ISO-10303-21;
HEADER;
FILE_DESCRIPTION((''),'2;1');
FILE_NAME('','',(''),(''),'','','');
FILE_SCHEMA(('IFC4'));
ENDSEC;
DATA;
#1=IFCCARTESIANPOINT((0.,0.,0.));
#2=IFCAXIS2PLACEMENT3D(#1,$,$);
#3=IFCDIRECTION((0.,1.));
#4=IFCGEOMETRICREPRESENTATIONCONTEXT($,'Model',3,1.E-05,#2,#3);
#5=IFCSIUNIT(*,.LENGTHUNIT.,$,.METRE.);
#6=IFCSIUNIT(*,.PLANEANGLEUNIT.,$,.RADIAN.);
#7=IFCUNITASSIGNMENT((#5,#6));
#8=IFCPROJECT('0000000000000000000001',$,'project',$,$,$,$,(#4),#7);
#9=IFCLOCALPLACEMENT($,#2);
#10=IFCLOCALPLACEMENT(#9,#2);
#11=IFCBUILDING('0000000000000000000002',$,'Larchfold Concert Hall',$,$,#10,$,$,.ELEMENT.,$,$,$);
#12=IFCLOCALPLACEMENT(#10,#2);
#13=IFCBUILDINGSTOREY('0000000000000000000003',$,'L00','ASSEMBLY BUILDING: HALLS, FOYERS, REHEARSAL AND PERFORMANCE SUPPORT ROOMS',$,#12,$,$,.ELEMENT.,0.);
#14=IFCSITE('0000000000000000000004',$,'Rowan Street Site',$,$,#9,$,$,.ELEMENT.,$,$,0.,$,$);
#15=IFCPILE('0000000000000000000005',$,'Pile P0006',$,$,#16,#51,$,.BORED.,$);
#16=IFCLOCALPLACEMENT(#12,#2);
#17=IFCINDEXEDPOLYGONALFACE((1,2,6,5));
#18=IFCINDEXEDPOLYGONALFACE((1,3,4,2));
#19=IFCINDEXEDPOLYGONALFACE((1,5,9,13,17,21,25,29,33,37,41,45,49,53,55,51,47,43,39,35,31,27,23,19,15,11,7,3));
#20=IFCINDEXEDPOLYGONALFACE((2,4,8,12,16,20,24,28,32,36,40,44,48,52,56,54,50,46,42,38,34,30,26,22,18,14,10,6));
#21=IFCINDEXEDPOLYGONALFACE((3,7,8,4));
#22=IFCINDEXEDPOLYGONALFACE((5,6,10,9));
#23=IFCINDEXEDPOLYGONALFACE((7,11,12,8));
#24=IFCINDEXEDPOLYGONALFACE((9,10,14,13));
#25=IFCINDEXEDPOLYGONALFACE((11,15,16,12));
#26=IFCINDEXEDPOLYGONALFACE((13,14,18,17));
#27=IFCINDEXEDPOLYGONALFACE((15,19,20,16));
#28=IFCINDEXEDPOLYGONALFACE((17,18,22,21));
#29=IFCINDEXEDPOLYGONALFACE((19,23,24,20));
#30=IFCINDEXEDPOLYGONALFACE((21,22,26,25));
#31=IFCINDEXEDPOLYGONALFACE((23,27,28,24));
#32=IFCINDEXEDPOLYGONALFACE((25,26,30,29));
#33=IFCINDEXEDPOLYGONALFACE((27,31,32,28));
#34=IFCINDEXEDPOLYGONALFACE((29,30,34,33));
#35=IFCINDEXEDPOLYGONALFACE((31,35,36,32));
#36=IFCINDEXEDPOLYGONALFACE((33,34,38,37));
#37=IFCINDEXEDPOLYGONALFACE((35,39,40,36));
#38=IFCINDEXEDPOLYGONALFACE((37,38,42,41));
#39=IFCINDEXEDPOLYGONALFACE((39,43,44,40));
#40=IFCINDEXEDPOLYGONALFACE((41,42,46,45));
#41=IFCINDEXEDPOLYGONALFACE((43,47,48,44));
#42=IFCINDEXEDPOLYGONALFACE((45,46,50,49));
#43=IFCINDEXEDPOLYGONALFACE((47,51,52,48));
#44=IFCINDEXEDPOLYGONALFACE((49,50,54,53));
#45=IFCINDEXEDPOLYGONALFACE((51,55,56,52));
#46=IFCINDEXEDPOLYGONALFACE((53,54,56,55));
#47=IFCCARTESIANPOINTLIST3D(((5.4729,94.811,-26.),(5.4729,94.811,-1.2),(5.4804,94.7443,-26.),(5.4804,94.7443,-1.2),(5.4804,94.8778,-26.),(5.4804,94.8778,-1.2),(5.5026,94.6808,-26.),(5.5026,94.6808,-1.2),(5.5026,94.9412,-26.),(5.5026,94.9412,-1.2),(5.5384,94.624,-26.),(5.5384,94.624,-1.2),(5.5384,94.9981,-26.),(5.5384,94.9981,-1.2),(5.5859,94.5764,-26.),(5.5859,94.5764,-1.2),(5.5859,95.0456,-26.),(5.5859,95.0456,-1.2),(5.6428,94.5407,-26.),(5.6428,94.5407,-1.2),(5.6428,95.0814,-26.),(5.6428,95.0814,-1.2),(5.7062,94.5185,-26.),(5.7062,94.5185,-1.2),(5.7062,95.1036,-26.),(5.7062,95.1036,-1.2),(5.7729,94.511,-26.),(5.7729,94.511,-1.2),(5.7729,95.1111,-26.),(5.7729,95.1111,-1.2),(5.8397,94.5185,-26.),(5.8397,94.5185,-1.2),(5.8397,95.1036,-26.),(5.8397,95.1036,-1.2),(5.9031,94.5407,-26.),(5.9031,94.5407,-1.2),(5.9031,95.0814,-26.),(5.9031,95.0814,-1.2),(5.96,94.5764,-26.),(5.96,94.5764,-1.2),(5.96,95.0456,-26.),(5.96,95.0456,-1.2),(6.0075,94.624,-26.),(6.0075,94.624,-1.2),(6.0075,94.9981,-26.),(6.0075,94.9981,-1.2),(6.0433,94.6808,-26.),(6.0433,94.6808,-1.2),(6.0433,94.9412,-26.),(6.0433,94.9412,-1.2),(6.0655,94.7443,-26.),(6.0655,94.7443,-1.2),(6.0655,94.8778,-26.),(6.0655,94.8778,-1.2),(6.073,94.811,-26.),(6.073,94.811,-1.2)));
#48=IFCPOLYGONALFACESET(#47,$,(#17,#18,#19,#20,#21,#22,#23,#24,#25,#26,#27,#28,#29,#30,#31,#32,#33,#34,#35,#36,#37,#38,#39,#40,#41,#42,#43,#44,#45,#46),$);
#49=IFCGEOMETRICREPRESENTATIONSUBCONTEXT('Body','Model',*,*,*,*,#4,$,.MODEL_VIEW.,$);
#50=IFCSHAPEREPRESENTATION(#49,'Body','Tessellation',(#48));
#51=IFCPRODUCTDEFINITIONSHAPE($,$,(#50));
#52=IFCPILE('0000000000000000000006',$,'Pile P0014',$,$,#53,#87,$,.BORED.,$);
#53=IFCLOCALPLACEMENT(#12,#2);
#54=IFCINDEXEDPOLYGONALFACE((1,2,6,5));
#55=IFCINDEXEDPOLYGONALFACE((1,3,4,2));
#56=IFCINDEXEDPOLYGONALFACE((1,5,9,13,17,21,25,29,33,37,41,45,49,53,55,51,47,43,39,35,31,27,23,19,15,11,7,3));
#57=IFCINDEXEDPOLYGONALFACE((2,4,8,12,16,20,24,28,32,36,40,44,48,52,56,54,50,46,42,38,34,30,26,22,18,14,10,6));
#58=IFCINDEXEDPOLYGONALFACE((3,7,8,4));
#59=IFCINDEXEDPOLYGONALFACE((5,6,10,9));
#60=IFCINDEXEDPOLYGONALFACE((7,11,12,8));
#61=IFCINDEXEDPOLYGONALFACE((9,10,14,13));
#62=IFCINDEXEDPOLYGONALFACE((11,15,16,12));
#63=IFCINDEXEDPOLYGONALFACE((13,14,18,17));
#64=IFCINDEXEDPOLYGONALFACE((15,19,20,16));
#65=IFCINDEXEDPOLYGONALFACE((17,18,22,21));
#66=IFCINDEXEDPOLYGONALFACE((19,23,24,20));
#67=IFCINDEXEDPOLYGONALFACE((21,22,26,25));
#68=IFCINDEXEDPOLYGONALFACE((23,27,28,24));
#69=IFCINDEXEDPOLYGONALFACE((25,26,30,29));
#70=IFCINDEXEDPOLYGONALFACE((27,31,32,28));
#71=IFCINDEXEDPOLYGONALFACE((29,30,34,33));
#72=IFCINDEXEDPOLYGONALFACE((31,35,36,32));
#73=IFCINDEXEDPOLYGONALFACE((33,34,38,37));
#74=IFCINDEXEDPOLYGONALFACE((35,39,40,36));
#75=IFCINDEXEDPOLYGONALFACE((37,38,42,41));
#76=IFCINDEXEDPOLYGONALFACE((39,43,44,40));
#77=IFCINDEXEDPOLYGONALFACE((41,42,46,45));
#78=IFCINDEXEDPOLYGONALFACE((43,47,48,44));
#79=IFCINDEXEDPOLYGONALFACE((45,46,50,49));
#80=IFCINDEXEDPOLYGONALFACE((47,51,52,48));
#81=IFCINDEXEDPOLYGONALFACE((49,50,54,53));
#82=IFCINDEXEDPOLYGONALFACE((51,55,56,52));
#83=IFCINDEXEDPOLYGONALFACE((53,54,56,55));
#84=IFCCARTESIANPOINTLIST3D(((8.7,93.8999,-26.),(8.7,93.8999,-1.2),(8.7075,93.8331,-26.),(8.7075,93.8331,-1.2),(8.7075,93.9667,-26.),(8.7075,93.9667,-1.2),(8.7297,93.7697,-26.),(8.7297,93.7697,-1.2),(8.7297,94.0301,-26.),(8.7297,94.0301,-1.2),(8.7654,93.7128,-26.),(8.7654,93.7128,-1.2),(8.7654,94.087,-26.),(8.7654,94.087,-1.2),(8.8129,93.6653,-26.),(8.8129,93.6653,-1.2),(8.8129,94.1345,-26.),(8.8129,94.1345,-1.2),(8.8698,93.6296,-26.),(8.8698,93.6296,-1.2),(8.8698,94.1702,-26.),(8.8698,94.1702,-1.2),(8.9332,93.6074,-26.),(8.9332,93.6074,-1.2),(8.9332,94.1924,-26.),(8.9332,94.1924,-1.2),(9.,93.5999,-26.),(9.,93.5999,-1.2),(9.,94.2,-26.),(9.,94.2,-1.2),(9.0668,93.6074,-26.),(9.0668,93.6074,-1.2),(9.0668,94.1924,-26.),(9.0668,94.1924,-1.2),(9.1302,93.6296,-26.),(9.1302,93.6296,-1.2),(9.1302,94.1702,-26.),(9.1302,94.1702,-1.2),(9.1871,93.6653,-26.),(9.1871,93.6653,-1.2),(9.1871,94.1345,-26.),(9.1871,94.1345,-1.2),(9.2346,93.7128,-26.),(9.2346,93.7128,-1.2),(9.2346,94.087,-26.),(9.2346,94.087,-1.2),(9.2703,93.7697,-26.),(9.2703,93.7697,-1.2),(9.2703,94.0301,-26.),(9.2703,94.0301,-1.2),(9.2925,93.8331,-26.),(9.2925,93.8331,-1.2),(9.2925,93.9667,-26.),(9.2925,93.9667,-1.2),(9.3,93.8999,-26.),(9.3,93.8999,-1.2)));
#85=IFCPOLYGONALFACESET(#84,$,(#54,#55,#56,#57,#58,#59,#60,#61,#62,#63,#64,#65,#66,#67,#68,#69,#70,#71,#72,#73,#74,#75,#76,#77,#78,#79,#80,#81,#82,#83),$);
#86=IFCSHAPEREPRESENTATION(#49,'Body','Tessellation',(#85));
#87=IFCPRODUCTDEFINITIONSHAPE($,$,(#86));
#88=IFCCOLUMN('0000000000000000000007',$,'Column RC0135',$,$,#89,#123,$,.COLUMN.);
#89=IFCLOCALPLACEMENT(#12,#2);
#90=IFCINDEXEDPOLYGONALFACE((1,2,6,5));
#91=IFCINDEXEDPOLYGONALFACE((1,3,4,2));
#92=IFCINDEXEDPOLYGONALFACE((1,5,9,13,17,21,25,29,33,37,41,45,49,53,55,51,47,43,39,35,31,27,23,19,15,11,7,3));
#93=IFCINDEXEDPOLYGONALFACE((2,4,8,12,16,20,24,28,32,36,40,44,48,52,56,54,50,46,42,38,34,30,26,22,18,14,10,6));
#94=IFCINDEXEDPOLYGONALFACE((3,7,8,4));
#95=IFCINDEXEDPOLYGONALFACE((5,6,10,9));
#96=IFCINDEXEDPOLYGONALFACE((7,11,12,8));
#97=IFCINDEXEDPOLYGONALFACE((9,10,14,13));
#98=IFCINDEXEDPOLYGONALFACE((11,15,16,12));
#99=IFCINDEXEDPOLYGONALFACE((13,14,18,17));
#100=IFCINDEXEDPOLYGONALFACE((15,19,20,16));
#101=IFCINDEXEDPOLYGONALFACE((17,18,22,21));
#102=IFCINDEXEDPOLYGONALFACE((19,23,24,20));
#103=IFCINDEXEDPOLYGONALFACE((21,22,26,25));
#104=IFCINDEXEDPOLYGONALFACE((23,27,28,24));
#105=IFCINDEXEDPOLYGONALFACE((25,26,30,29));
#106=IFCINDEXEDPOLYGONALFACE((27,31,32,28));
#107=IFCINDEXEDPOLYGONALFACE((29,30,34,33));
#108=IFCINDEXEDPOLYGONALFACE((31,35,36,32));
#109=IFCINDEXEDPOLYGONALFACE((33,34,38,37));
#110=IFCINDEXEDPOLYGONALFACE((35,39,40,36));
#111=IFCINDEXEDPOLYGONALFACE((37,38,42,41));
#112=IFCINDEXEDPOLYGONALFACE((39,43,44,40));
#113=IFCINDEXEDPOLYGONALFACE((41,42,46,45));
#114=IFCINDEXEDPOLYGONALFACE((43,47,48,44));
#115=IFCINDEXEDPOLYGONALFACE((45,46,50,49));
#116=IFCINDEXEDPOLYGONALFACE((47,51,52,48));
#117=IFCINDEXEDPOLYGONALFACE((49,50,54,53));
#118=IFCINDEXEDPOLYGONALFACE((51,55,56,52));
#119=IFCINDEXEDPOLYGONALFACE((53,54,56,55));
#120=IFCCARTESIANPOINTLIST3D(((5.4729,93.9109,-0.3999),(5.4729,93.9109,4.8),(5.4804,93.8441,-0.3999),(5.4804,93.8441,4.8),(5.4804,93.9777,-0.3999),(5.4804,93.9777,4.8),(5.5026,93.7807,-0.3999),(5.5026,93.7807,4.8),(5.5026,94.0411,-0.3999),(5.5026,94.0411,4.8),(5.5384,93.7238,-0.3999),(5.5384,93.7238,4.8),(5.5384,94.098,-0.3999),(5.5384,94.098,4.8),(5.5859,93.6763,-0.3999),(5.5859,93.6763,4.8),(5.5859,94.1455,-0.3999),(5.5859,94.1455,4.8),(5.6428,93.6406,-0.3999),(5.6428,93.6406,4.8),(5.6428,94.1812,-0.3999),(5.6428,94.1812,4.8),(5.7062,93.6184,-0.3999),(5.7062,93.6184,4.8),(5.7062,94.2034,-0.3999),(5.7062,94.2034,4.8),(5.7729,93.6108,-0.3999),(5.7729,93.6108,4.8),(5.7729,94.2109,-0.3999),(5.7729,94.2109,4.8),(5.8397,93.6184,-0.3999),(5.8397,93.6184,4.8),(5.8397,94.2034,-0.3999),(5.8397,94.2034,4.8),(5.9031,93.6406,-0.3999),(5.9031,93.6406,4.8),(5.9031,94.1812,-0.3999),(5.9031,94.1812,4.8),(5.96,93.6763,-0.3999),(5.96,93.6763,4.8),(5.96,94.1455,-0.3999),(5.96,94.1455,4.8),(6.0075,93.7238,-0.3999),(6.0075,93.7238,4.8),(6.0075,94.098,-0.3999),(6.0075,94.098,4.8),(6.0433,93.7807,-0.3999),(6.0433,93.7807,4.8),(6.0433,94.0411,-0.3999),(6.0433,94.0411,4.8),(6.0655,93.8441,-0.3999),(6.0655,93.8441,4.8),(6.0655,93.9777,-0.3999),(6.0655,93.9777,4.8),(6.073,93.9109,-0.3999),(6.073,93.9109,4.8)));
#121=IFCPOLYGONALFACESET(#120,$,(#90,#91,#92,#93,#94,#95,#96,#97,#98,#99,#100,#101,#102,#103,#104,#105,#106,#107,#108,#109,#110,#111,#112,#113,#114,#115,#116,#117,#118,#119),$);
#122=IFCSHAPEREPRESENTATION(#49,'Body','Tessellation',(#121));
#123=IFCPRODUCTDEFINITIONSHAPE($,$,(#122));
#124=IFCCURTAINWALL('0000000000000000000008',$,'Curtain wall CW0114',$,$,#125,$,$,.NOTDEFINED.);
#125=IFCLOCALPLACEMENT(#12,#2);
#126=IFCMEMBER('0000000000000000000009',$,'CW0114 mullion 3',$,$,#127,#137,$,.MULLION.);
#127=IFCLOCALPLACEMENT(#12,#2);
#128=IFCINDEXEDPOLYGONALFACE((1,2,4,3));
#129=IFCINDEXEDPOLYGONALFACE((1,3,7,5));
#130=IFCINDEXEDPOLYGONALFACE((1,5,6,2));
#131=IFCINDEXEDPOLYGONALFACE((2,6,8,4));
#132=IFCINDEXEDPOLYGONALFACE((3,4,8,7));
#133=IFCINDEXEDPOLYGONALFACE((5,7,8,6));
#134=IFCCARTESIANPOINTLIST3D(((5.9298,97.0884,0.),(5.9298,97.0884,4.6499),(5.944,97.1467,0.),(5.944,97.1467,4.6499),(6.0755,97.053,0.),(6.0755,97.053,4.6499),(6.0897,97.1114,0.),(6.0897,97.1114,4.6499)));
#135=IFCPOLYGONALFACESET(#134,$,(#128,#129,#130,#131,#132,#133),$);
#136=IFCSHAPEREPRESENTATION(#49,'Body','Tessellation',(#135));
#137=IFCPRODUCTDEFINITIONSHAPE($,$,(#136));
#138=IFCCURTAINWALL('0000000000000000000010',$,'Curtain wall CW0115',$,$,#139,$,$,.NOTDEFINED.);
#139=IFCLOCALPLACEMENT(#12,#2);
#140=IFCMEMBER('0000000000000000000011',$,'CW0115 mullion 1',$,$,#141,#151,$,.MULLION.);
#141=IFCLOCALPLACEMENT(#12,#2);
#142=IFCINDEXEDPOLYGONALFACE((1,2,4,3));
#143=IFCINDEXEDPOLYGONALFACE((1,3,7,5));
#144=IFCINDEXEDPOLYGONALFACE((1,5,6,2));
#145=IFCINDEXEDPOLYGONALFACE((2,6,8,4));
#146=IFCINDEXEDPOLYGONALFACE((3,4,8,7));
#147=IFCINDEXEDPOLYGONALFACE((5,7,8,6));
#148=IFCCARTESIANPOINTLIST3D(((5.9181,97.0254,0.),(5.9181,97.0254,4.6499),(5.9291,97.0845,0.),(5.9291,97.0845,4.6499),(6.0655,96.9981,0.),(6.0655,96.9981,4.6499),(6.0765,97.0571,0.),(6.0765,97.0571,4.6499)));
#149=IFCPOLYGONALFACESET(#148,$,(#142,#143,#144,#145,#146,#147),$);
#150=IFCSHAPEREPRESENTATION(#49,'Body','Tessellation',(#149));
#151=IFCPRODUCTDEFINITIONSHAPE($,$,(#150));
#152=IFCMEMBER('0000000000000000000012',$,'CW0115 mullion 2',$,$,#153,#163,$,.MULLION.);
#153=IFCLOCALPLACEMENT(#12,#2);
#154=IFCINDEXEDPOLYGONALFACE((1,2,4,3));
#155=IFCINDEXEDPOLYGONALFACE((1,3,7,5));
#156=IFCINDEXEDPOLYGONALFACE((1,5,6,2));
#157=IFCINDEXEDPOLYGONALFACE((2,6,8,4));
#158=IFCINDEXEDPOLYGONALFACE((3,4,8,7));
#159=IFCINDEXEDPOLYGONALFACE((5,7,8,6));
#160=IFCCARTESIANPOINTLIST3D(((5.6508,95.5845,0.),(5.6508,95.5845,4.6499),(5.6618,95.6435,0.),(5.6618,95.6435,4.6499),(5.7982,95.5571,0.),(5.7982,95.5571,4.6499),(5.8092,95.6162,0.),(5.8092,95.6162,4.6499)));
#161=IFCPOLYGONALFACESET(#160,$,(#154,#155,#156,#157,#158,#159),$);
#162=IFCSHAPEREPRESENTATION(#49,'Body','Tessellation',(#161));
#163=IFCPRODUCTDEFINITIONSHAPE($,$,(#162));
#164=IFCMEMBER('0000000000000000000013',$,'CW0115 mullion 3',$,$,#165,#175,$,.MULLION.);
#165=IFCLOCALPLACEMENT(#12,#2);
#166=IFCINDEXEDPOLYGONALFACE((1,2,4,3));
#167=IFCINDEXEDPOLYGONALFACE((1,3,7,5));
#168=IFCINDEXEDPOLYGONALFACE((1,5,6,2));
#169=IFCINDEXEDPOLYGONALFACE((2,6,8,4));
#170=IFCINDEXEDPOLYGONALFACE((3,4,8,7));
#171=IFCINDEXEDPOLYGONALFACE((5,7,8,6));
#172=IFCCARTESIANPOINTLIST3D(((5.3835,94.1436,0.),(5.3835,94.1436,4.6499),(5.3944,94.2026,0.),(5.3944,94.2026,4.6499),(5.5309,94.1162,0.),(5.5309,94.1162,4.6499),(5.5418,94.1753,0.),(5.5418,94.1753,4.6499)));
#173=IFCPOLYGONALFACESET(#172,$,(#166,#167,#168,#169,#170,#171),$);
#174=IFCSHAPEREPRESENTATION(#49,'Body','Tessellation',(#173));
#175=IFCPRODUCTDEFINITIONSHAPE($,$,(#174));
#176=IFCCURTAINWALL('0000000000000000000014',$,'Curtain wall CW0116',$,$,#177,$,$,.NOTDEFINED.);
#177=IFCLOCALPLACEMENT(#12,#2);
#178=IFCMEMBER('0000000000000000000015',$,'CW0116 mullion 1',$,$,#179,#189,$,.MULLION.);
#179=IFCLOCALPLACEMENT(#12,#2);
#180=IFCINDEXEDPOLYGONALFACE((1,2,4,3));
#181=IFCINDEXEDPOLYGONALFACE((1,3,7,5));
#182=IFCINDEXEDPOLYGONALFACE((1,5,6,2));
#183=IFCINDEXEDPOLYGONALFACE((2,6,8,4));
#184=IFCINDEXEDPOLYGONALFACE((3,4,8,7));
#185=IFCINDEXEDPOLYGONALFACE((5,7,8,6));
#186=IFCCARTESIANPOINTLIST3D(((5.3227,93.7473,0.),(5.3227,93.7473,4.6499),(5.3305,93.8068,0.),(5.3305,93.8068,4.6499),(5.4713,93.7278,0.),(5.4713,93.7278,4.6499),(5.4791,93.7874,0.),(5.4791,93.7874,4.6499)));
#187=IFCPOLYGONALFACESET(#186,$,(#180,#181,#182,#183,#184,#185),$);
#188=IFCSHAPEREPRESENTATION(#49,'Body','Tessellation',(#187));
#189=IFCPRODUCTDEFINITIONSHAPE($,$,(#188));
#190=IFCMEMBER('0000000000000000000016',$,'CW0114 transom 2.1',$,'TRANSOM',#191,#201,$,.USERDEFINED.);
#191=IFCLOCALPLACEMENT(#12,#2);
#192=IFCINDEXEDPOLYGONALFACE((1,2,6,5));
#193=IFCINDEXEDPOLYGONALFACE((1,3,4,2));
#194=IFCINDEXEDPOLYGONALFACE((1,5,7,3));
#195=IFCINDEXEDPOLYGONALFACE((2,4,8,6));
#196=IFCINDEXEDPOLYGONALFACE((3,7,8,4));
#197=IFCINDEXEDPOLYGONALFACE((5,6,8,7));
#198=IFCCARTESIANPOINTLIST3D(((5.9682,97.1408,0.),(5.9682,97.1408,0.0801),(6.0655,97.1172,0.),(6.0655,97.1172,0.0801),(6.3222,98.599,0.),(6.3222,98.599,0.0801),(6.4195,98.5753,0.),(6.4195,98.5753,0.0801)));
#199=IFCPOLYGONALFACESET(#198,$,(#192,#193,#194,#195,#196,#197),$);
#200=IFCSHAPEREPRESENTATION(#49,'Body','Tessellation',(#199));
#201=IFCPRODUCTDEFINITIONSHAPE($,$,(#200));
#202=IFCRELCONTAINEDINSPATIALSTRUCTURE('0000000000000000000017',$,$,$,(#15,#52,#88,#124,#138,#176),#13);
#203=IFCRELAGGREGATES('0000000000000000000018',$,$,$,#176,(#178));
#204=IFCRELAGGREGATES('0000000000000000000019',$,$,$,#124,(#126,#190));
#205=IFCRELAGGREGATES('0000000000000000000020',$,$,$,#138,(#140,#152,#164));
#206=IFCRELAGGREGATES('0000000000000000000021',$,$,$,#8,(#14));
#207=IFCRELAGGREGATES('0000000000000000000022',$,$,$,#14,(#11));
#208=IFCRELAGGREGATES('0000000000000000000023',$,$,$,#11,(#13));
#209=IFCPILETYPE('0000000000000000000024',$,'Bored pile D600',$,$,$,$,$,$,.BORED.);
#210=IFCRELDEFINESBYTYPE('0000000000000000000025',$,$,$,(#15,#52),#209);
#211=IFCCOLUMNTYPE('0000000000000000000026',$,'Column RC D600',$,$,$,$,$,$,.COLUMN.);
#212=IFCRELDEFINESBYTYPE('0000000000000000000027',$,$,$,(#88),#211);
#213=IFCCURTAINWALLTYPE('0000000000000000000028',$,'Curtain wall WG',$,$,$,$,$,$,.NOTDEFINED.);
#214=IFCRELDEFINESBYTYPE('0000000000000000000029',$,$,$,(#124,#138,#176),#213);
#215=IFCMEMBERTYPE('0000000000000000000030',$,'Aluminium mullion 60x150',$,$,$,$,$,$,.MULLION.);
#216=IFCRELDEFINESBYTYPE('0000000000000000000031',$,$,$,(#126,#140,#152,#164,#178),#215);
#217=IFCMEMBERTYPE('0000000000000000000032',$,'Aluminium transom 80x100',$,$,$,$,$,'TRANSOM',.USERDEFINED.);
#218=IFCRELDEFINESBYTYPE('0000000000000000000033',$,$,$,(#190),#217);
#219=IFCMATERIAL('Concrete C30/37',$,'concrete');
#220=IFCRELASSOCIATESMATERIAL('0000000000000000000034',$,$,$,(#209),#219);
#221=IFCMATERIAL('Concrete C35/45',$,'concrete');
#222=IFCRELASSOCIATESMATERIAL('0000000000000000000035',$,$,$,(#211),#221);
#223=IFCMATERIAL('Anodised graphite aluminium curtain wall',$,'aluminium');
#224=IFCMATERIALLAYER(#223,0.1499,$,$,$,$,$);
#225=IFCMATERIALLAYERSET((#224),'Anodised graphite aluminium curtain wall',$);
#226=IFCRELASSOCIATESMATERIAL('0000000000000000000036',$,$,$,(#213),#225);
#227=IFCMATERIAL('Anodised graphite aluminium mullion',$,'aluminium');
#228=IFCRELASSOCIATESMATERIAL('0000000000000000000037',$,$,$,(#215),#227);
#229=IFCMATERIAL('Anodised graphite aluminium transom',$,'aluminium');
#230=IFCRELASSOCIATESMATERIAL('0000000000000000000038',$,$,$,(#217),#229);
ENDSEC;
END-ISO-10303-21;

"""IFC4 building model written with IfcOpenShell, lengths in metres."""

from ifc_helpers import new_model, si_unit, direction, frame, origin, origin_2d, place, context, subcontext, project, spatial, rectangle, circle, extrude, material, layer, layer_set, material_profile, profile_set, type_object, element, aggregate, save


model = new_model("IFC4")

# Units and contexts
model_context = context("Model", 3, precision=1e-05, world=origin(), true_north=direction((0.0, 1.0)))
body_context = subcontext(model_context, "Body", "Model", "MODEL_VIEW")
ifc_project = project(units=[si_unit("LENGTHUNIT", "METRE"), si_unit("PLANEANGLEUNIT", "RADIAN")], contexts=[model_context])

# Site, building, storey
site_placement = place(None, origin())
site = spatial("IfcSite", under=ifc_project, at=site_placement, Name="Rowan Street Site", CompositionType="ELEMENT", RefElevation=0.0)
building_placement = place(site_placement, origin())
building = spatial("IfcBuilding", under=site, at=building_placement, Name="Larchfold Concert Hall", CompositionType="ELEMENT")
storey_placement = place(building_placement, origin())
storey = spatial("IfcBuildingStorey", under=building, at=storey_placement, Name="L00", Description="ASSEMBLY BUILDING: HALLS, FOYERS, REHEARSAL AND PERFORMANCE SUPPORT ROOMS", CompositionType="ELEMENT", Elevation=0.0)

# Piles
ifc_material_1 = material(Name="Concrete C30/37", Category="concrete")
ifc_material_profile_1 = material_profile(ifc_material_1, circle(Radius=0.3, at=origin_2d()))
ifc_profile_set_1 = profile_set([ifc_material_profile_1], Name="Concrete C30/37")
pile_type = type_object("IfcPileType", Name="Bored pile D600", PredefinedType="BORED", material=ifc_profile_set_1)
for number, where, z_axis, x_axis, name in (
    (1, (5.7729, 94.811, -1.2), (0.0, 0.0, -1.0), (1.0, 0.0, 0.0), "Pile P0006"),
    (2, (9.0, 93.8999, -1.2), (0.0, 0.0, -1.0), (1.0, 0.0, 0.0), "Pile P0014"),
):
    element("IfcPile", number, at=place(storey_placement, frame(where, z_axis=z_axis, x_axis=x_axis)), inside=storey, type_object=pile_type, Name=name, PredefinedType="BORED", context=body_context, shape_type="SweptSolid", body=[
        extrude(circle(Radius=0.3, at=origin_2d()), origin(), (0.0, 0.0, 1.0), 24.8),
    ])

# Column
ifc_material_2 = material(Name="Concrete C35/45", Category="concrete")
ifc_material_profile_2 = material_profile(ifc_material_2, circle(Radius=0.3, at=origin_2d()))
ifc_profile_set_2 = profile_set([ifc_material_profile_2], Name="Concrete C35/45")
column_type = type_object("IfcColumnType", Name="Column RC D600", PredefinedType="COLUMN", material=ifc_profile_set_2)
column_placement = place(storey_placement, frame((5.7729, 93.9109, -0.3999), z_axis=(0.0, 0.0, 1.0), x_axis=(1.0, 0.0, 0.0)))
element("IfcColumn", 3, at=column_placement, inside=storey, type_object=column_type, Name="Column RC0135", PredefinedType="COLUMN", context=body_context, shape_type="SweptSolid", body=[
    extrude(circle(Radius=0.3, at=origin_2d()), origin(), (0.0, 0.0, 1.0), 5.2),
])

# Curtain wall, member
ifc_material_3 = material(Name="Anodised graphite aluminium curtain wall", Category="aluminium")
ifc_layer_1 = layer(ifc_material_3, 0.1499)
ifc_layer_set_1 = layer_set([ifc_layer_1], Name="Anodised graphite aluminium curtain wall")
curtain_wall_type = type_object("IfcCurtainWallType", Name="Curtain wall WG", PredefinedType="NOTDEFINED", material=ifc_layer_set_1)
curtain_wall_1_placement = place(storey_placement, origin())
curtain_wall_1 = element("IfcCurtainWall", 4, at=curtain_wall_1_placement, inside=storey, type_object=curtain_wall_type, Name="Curtain wall CW0114", PredefinedType="NOTDEFINED")
ifc_material_4 = material(Name="Anodised graphite aluminium mullion", Category="aluminium")
ifc_material_profile_3 = material_profile(ifc_material_4, rectangle(XDim=0.1499, YDim=0.0601, at=origin_2d()))
ifc_profile_set_3 = profile_set([ifc_material_profile_3], Name="Anodised graphite aluminium mullion")
member_type_1 = type_object("IfcMemberType", Name="Aluminium mullion 60x150", PredefinedType="MULLION", material=ifc_profile_set_3)
member_1_placement = place(storey_placement, frame((6.0098, 97.0999, 0.0), z_axis=(0.0, 0.0, 1.0), x_axis=(0.971768, -0.235938, 0.0)))
member_1 = element("IfcMember", 5, at=member_1_placement, type_object=member_type_1, Name="CW0114 mullion 3", PredefinedType="MULLION", context=body_context, shape_type="SweptSolid", body=[
    extrude(rectangle(XDim=0.1499, YDim=0.0601, at=origin_2d()), origin(), (0.0, 0.0, 1.0), 4.6499),
])

# Curtain wall, members
curtain_wall_2_placement = place(storey_placement, origin())
curtain_wall_2 = element("IfcCurtainWall", 6, at=curtain_wall_2_placement, inside=storey, type_object=curtain_wall_type, Name="Curtain wall CW0115", PredefinedType="NOTDEFINED")
member_2_placement = place(storey_placement, frame((5.9973, 97.0413, 0.0), z_axis=(0.0, 0.0, 1.0), x_axis=(0.983234, -0.182346, 0.0)))
member_2 = element("IfcMember", 7, at=member_2_placement, type_object=member_type_1, Name="CW0115 mullion 1", PredefinedType="MULLION", context=body_context, shape_type="SweptSolid", body=[
    extrude(rectangle(XDim=0.1499, YDim=0.0601, at=origin_2d()), origin(), (0.0, 0.0, 1.0), 4.6499),
])
member_3_placement = place(storey_placement, frame((5.73, 95.6003, 0.0), z_axis=(0.0, 0.0, 1.0), x_axis=(0.983234, -0.182346, 0.0)))
member_3 = element("IfcMember", 8, at=member_3_placement, type_object=member_type_1, Name="CW0115 mullion 2", PredefinedType="MULLION", context=body_context, shape_type="SweptSolid", body=[
    extrude(rectangle(XDim=0.1499, YDim=0.0601, at=origin_2d()), origin(), (0.0, 0.0, 1.0), 4.6499),
])
member_4_placement = place(storey_placement, frame((5.4626, 94.1594, 0.0), z_axis=(0.0, 0.0, 1.0), x_axis=(0.983234, -0.182346, 0.0)))
member_4 = element("IfcMember", 9, at=member_4_placement, type_object=member_type_1, Name="CW0115 mullion 3", PredefinedType="MULLION", context=body_context, shape_type="SweptSolid", body=[
    extrude(rectangle(XDim=0.1499, YDim=0.0601, at=origin_2d()), origin(), (0.0, 0.0, 1.0), 4.6499),
])

# Curtain wall, member
curtain_wall_3_placement = place(storey_placement, origin())
curtain_wall_3 = element("IfcCurtainWall", 10, at=curtain_wall_3_placement, inside=storey, type_object=curtain_wall_type, Name="Curtain wall CW0116", PredefinedType="NOTDEFINED")
member_5_placement = place(storey_placement, frame((5.4009, 93.7673, 0.0), z_axis=(0.0, 0.0, 1.0), x_axis=(0.991548, -0.129743, 0.0)))
member_5 = element("IfcMember", 11, at=member_5_placement, type_object=member_type_1, Name="CW0116 mullion 1", PredefinedType="MULLION", context=body_context, shape_type="SweptSolid", body=[
    extrude(rectangle(XDim=0.1499, YDim=0.0601, at=origin_2d()), origin(), (0.0, 0.0, 1.0), 4.6499),
])

# Member
ifc_material_5 = material(Name="Anodised graphite aluminium transom", Category="aluminium")
ifc_material_profile_4 = material_profile(ifc_material_5, rectangle(XDim=0.1001, YDim=0.0801, at=origin_2d()))
ifc_profile_set_4 = profile_set([ifc_material_profile_4], Name="Anodised graphite aluminium transom")
member_type_2 = type_object("IfcMemberType", Name="Aluminium transom 80x100", ElementType="TRANSOM", PredefinedType="USERDEFINED", material=ifc_profile_set_4)
member_6_placement = place(storey_placement, frame((6.3708, 98.5872, 0.04), z_axis=(-0.235945, -0.971766, 0.0), x_axis=(0.971766, -0.235945, 0.0)))
member_6 = element("IfcMember", 12, at=member_6_placement, type_object=member_type_2, Name="CW0114 transom 2.1", ObjectType="TRANSOM", PredefinedType="USERDEFINED", context=body_context, shape_type="SweptSolid", body=[
    extrude(rectangle(XDim=0.1001, YDim=0.0801, at=origin_2d()), origin(), (0.0, 0.0, 1.0), 1.5005),
])

aggregate(curtain_wall_3, [member_5])
aggregate(curtain_wall_1, [member_1, member_6])
aggregate(curtain_wall_2, [member_2, member_3, member_4])

save(model, "model.ifc")
